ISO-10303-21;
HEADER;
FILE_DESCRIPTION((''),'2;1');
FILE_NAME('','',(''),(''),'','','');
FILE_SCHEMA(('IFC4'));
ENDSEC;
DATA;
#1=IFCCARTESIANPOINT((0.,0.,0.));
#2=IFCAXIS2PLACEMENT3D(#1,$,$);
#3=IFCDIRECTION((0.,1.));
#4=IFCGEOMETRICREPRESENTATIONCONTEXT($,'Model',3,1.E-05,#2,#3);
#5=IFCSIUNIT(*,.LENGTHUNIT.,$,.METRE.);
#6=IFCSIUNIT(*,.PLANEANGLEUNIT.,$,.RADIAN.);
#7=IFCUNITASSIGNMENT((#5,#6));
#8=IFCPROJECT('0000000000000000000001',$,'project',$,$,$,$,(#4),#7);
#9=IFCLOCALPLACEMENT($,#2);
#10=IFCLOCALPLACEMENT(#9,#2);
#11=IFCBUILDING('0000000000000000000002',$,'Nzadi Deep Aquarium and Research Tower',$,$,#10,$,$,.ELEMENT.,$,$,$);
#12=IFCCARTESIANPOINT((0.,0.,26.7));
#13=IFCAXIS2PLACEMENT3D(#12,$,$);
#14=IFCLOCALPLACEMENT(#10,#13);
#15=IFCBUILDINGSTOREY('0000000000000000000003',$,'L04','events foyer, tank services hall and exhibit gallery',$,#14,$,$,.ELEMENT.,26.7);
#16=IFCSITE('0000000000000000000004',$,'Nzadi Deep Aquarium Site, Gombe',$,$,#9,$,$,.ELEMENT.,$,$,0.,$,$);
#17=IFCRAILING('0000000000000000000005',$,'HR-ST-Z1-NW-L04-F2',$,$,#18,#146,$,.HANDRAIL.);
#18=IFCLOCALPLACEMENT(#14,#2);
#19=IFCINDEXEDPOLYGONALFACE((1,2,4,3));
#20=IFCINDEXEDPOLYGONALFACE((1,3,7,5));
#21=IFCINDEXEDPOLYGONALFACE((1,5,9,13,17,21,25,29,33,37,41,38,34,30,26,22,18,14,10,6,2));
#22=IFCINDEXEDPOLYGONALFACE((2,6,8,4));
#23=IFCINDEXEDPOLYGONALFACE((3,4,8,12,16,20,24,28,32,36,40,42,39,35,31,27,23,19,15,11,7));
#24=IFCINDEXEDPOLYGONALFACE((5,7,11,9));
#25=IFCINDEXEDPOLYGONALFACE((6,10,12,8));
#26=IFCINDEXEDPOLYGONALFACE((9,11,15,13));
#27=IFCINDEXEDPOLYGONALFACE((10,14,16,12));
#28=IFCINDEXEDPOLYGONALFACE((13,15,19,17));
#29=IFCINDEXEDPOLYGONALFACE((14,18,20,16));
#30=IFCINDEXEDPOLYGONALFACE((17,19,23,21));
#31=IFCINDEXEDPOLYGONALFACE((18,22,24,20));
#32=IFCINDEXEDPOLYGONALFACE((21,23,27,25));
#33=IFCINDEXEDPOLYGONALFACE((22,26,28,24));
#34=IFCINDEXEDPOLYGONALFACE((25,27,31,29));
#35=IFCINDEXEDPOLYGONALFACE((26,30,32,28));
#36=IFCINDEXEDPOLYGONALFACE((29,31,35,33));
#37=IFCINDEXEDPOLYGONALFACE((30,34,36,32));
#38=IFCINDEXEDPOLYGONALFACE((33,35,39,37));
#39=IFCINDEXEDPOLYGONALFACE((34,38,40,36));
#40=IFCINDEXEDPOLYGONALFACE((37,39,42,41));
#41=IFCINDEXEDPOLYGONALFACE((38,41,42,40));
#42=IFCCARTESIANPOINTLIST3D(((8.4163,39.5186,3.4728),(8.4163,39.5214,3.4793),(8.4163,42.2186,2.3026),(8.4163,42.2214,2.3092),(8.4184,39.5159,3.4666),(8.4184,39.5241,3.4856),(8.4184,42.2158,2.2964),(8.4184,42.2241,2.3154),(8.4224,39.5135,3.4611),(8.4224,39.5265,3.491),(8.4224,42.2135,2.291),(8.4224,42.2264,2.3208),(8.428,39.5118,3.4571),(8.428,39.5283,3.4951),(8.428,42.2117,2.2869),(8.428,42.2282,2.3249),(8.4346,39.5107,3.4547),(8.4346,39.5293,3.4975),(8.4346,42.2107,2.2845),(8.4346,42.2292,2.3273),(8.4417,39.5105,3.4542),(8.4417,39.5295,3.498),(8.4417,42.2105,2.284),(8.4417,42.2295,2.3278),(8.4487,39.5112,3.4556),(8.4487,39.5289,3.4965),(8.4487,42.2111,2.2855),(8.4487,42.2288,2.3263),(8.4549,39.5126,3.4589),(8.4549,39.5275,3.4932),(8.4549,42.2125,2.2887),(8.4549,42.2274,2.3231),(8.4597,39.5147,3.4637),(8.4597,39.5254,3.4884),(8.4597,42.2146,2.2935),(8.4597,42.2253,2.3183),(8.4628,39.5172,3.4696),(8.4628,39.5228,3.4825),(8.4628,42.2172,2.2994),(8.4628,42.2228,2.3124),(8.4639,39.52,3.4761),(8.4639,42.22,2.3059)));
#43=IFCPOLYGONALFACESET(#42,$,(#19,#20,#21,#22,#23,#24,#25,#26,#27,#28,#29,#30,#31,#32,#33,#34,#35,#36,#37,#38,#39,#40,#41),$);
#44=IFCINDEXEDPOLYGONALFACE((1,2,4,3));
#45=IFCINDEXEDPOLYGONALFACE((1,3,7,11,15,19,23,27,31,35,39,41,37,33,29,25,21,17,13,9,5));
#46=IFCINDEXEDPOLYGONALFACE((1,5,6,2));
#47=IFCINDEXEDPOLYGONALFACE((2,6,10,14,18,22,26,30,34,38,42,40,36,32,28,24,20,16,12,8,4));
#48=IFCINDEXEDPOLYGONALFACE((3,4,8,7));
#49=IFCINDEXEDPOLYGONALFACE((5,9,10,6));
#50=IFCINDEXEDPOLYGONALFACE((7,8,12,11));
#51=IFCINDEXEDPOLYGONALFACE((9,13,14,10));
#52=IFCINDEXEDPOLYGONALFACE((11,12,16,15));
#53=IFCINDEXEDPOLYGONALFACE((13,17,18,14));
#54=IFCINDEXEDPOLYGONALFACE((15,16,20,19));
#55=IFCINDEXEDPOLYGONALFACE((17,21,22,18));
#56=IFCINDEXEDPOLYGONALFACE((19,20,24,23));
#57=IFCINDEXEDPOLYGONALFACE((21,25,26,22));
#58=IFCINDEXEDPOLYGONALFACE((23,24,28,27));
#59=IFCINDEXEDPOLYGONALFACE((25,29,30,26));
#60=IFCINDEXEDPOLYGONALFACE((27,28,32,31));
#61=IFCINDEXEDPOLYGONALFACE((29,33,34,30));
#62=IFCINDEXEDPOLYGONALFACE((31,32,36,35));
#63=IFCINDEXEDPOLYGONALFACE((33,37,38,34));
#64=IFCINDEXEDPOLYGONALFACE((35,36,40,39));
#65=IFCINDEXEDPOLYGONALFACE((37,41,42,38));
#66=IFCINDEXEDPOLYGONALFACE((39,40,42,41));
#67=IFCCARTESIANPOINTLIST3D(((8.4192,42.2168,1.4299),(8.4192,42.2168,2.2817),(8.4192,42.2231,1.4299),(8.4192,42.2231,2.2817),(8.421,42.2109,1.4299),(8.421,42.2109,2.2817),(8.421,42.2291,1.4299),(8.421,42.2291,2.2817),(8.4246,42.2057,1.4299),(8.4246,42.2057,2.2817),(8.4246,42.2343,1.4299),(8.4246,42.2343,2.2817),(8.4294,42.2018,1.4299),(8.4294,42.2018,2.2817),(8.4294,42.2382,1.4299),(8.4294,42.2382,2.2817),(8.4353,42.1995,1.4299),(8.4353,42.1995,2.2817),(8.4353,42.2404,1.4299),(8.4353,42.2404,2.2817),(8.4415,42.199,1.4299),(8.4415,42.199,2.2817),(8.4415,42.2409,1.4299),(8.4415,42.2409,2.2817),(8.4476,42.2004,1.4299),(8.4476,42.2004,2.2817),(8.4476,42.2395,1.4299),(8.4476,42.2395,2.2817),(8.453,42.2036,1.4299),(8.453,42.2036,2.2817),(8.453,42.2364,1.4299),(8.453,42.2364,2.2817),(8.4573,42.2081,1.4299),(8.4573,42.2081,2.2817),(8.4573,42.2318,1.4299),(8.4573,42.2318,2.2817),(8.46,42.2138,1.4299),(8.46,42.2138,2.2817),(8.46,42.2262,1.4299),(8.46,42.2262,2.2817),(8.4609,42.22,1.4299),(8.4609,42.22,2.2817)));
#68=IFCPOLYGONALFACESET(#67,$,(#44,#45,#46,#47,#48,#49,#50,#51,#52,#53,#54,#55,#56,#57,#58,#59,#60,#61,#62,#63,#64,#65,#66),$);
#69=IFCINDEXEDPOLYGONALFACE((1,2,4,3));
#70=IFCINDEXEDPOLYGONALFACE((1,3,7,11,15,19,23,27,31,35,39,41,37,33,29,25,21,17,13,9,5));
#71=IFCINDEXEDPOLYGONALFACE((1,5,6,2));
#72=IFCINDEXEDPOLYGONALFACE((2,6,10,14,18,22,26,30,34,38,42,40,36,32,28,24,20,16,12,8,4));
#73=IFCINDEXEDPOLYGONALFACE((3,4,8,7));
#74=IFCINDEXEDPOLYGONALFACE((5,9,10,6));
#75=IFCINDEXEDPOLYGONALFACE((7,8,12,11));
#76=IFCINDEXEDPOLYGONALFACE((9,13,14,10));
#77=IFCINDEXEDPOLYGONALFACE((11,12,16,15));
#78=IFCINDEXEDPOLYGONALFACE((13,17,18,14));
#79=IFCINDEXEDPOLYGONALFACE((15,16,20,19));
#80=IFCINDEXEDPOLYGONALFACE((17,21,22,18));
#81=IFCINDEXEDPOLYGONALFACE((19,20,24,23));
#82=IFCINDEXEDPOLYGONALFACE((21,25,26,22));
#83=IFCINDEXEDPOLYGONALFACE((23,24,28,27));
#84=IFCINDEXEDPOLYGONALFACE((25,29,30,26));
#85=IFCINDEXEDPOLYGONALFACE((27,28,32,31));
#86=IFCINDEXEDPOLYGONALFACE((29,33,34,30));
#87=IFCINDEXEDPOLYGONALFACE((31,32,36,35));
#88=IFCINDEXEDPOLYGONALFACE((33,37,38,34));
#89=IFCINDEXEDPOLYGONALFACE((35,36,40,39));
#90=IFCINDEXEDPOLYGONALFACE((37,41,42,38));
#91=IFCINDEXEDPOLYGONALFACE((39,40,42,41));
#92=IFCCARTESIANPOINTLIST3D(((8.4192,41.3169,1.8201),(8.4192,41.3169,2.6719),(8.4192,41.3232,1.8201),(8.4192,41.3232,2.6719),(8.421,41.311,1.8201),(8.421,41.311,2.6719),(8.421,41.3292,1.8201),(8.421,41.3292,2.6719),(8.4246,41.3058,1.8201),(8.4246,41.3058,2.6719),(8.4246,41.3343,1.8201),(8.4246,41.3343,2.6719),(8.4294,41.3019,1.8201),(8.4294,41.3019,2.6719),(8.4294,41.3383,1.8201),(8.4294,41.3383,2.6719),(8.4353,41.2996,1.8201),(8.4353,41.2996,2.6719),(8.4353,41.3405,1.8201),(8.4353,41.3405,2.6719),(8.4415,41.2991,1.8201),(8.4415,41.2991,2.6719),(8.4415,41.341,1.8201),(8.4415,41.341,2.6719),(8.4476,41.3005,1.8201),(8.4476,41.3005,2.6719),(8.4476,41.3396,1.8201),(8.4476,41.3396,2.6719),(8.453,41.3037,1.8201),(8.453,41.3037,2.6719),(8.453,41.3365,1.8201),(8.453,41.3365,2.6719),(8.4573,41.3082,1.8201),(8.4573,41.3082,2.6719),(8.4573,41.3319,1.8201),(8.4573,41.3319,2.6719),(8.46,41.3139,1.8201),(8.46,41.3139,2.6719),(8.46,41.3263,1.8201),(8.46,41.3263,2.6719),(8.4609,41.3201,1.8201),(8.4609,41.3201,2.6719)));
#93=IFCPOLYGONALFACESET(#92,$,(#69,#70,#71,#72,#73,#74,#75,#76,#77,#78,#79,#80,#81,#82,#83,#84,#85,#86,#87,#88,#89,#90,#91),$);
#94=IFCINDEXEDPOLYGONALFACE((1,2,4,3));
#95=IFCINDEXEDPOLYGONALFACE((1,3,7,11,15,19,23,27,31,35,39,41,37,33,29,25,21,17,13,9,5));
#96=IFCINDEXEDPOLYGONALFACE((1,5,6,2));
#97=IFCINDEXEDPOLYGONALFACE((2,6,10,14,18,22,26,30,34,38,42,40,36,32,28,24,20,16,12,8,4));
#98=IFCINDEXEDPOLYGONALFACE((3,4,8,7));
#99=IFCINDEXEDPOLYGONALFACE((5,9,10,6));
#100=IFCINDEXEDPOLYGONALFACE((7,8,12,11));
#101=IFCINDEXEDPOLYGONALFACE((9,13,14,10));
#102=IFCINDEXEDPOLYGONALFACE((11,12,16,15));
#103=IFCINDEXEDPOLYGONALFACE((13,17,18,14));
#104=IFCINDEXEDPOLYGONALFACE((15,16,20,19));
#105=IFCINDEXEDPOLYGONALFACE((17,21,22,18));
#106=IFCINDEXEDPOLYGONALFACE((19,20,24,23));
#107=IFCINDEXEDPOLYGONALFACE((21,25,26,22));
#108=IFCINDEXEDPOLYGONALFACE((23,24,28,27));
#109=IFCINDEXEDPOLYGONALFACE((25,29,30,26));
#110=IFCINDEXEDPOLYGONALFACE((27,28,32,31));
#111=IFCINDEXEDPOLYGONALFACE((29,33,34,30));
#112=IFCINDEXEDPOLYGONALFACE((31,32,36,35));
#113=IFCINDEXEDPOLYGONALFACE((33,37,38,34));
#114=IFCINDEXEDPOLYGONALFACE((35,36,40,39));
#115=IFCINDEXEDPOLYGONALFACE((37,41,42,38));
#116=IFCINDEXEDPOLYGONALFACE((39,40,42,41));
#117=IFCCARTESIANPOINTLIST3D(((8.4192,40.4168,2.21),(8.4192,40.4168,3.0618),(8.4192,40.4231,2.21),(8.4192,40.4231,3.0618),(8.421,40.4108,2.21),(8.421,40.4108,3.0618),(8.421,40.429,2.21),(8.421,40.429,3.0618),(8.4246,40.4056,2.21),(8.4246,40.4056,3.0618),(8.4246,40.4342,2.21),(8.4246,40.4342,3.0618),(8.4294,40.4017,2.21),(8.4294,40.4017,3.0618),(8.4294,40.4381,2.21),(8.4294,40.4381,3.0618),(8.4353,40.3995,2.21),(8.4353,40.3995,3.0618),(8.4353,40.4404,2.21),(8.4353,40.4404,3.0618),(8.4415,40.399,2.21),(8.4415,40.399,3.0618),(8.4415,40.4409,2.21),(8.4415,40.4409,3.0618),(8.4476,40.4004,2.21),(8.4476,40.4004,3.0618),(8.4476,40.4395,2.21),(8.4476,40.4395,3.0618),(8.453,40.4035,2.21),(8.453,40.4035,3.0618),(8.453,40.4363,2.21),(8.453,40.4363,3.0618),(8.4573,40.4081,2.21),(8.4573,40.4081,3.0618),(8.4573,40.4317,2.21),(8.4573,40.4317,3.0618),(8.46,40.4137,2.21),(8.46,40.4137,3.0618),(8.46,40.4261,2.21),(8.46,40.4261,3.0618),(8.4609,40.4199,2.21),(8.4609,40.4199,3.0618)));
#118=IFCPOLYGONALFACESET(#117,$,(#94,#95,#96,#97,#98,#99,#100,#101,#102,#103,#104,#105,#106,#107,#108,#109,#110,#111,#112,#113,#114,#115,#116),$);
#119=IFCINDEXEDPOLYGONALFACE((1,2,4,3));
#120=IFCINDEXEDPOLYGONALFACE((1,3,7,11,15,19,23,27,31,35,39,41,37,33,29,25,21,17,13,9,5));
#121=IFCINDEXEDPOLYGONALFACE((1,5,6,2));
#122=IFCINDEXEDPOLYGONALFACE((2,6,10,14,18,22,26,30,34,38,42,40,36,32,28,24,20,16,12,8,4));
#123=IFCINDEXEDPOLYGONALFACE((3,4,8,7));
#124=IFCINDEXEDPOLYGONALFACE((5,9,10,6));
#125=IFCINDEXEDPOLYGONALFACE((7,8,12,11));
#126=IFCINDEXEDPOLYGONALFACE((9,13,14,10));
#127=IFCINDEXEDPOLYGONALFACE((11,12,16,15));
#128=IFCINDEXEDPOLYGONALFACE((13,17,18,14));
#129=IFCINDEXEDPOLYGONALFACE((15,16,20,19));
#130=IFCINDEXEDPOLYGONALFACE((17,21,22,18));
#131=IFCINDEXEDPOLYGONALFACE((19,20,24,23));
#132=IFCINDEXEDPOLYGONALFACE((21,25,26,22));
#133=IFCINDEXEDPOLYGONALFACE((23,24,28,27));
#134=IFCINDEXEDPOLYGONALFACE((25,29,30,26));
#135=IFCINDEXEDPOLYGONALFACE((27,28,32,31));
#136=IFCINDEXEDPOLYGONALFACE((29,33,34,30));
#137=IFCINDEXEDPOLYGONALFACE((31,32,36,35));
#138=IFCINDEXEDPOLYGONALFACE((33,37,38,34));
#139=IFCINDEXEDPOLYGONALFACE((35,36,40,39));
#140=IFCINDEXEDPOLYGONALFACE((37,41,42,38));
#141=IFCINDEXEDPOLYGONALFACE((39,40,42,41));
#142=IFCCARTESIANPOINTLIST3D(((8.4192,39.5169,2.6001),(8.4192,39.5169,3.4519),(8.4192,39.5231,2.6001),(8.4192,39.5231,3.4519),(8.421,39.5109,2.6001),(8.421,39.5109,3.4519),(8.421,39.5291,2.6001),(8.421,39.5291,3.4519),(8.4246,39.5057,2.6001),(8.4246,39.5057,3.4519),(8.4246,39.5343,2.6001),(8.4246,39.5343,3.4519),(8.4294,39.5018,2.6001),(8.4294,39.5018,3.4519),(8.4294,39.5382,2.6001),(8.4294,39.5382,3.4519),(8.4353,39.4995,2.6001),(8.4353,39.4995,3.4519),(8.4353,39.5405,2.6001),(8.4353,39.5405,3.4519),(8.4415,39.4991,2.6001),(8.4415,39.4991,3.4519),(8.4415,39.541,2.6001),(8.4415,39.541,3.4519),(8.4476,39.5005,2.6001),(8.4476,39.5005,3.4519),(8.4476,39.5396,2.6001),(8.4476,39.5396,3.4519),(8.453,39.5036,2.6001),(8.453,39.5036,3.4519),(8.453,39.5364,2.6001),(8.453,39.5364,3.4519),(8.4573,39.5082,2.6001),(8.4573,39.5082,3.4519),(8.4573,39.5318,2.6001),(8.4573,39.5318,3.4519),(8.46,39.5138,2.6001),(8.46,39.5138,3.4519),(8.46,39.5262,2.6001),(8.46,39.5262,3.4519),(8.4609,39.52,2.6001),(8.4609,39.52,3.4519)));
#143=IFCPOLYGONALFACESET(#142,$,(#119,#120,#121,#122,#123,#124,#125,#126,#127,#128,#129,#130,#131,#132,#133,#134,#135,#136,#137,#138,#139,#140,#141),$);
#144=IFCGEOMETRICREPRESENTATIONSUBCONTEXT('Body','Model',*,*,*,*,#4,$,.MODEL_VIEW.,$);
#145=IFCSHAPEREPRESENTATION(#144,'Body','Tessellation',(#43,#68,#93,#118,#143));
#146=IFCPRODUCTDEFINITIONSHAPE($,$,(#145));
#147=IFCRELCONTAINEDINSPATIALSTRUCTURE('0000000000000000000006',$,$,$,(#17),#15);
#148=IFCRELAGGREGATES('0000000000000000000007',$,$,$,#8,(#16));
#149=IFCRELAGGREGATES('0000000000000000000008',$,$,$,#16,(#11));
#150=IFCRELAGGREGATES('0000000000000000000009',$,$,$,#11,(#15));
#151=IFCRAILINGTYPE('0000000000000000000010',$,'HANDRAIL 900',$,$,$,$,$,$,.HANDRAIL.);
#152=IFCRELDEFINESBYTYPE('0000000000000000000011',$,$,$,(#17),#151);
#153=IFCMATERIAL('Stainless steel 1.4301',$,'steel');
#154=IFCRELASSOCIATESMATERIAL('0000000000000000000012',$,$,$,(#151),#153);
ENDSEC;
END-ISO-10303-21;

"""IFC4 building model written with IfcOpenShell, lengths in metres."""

from ifc_helpers import new_model, si_unit, direction, frame, origin, origin_2d, place, context, subcontext, project, spatial, circle, extrude, material, type_object, element, save


model = new_model("IFC4")

# Units and contexts
model_context = context("Model", 3, precision=1e-05, world=origin(), true_north=direction((0.0, 1.0)))
body_context = subcontext(model_context, "Body", "Model", "MODEL_VIEW")
ifc_project = project(units=[si_unit("LENGTHUNIT", "METRE"), si_unit("PLANEANGLEUNIT", "RADIAN")], contexts=[model_context])

# Site, building, storey
site_placement = place(None, origin())
site = spatial("IfcSite", under=ifc_project, at=site_placement, Name="Nzadi Deep Aquarium Site, Gombe", CompositionType="ELEMENT", RefElevation=0.0)
building_placement = place(site_placement, origin())
building = spatial("IfcBuilding", under=site, at=building_placement, Name="Nzadi Deep Aquarium and Research Tower", CompositionType="ELEMENT")
storey_placement = place(building_placement, frame((0.0, 0.0, 26.7)))
storey = spatial("IfcBuildingStorey", under=building, at=storey_placement, Name="L04", Description="events foyer, tank services hall and exhibit gallery", CompositionType="ELEMENT", Elevation=26.7)

# Railing
ifc_material_1 = material(Name="Stainless steel 1.4301", Category="steel")
railing_type = type_object("IfcRailingType", Name="HANDRAIL 900", PredefinedType="HANDRAIL", material=ifc_material_1)
for number, where, name in (
    (1, (8.4399, 42.22, 1.4299), "HR-ST-Z1-NW-L04-F2"),
):
    element("IfcRailing", number, at=place(storey_placement, frame(where)), inside=storey, type_object=railing_type, Name=name, PredefinedType="HANDRAIL", context=body_context, shape_type="SweptSolid", body=[
        extrude(circle(Radius=0.0239, at=origin_2d()), frame((0.0, 0.0, 0.876), z_axis=(0.0, -0.917532, 0.397661), x_axis=(1.0, 0.0, 0.0)), (0.0, 0.0, 1.0), 2.9426),
        extrude(circle(Radius=0.021, at=origin_2d()), origin(), (0.0, 0.0, 1.0), 0.8518),
        extrude(circle(Radius=0.021, at=origin_2d()), frame((0.0, -0.8999, 0.3901)), (0.0, 0.0, 1.0), 0.8518),
        extrude(circle(Radius=0.021, at=origin_2d()), frame((0.0, -1.8, 0.78)), (0.0, 0.0, 1.0), 0.8518),
        extrude(circle(Radius=0.021, at=origin_2d()), frame((0.0, -2.7, 1.1702)), (0.0, 0.0, 1.0), 0.8518),
    ])

save(model, "model.ifc")
